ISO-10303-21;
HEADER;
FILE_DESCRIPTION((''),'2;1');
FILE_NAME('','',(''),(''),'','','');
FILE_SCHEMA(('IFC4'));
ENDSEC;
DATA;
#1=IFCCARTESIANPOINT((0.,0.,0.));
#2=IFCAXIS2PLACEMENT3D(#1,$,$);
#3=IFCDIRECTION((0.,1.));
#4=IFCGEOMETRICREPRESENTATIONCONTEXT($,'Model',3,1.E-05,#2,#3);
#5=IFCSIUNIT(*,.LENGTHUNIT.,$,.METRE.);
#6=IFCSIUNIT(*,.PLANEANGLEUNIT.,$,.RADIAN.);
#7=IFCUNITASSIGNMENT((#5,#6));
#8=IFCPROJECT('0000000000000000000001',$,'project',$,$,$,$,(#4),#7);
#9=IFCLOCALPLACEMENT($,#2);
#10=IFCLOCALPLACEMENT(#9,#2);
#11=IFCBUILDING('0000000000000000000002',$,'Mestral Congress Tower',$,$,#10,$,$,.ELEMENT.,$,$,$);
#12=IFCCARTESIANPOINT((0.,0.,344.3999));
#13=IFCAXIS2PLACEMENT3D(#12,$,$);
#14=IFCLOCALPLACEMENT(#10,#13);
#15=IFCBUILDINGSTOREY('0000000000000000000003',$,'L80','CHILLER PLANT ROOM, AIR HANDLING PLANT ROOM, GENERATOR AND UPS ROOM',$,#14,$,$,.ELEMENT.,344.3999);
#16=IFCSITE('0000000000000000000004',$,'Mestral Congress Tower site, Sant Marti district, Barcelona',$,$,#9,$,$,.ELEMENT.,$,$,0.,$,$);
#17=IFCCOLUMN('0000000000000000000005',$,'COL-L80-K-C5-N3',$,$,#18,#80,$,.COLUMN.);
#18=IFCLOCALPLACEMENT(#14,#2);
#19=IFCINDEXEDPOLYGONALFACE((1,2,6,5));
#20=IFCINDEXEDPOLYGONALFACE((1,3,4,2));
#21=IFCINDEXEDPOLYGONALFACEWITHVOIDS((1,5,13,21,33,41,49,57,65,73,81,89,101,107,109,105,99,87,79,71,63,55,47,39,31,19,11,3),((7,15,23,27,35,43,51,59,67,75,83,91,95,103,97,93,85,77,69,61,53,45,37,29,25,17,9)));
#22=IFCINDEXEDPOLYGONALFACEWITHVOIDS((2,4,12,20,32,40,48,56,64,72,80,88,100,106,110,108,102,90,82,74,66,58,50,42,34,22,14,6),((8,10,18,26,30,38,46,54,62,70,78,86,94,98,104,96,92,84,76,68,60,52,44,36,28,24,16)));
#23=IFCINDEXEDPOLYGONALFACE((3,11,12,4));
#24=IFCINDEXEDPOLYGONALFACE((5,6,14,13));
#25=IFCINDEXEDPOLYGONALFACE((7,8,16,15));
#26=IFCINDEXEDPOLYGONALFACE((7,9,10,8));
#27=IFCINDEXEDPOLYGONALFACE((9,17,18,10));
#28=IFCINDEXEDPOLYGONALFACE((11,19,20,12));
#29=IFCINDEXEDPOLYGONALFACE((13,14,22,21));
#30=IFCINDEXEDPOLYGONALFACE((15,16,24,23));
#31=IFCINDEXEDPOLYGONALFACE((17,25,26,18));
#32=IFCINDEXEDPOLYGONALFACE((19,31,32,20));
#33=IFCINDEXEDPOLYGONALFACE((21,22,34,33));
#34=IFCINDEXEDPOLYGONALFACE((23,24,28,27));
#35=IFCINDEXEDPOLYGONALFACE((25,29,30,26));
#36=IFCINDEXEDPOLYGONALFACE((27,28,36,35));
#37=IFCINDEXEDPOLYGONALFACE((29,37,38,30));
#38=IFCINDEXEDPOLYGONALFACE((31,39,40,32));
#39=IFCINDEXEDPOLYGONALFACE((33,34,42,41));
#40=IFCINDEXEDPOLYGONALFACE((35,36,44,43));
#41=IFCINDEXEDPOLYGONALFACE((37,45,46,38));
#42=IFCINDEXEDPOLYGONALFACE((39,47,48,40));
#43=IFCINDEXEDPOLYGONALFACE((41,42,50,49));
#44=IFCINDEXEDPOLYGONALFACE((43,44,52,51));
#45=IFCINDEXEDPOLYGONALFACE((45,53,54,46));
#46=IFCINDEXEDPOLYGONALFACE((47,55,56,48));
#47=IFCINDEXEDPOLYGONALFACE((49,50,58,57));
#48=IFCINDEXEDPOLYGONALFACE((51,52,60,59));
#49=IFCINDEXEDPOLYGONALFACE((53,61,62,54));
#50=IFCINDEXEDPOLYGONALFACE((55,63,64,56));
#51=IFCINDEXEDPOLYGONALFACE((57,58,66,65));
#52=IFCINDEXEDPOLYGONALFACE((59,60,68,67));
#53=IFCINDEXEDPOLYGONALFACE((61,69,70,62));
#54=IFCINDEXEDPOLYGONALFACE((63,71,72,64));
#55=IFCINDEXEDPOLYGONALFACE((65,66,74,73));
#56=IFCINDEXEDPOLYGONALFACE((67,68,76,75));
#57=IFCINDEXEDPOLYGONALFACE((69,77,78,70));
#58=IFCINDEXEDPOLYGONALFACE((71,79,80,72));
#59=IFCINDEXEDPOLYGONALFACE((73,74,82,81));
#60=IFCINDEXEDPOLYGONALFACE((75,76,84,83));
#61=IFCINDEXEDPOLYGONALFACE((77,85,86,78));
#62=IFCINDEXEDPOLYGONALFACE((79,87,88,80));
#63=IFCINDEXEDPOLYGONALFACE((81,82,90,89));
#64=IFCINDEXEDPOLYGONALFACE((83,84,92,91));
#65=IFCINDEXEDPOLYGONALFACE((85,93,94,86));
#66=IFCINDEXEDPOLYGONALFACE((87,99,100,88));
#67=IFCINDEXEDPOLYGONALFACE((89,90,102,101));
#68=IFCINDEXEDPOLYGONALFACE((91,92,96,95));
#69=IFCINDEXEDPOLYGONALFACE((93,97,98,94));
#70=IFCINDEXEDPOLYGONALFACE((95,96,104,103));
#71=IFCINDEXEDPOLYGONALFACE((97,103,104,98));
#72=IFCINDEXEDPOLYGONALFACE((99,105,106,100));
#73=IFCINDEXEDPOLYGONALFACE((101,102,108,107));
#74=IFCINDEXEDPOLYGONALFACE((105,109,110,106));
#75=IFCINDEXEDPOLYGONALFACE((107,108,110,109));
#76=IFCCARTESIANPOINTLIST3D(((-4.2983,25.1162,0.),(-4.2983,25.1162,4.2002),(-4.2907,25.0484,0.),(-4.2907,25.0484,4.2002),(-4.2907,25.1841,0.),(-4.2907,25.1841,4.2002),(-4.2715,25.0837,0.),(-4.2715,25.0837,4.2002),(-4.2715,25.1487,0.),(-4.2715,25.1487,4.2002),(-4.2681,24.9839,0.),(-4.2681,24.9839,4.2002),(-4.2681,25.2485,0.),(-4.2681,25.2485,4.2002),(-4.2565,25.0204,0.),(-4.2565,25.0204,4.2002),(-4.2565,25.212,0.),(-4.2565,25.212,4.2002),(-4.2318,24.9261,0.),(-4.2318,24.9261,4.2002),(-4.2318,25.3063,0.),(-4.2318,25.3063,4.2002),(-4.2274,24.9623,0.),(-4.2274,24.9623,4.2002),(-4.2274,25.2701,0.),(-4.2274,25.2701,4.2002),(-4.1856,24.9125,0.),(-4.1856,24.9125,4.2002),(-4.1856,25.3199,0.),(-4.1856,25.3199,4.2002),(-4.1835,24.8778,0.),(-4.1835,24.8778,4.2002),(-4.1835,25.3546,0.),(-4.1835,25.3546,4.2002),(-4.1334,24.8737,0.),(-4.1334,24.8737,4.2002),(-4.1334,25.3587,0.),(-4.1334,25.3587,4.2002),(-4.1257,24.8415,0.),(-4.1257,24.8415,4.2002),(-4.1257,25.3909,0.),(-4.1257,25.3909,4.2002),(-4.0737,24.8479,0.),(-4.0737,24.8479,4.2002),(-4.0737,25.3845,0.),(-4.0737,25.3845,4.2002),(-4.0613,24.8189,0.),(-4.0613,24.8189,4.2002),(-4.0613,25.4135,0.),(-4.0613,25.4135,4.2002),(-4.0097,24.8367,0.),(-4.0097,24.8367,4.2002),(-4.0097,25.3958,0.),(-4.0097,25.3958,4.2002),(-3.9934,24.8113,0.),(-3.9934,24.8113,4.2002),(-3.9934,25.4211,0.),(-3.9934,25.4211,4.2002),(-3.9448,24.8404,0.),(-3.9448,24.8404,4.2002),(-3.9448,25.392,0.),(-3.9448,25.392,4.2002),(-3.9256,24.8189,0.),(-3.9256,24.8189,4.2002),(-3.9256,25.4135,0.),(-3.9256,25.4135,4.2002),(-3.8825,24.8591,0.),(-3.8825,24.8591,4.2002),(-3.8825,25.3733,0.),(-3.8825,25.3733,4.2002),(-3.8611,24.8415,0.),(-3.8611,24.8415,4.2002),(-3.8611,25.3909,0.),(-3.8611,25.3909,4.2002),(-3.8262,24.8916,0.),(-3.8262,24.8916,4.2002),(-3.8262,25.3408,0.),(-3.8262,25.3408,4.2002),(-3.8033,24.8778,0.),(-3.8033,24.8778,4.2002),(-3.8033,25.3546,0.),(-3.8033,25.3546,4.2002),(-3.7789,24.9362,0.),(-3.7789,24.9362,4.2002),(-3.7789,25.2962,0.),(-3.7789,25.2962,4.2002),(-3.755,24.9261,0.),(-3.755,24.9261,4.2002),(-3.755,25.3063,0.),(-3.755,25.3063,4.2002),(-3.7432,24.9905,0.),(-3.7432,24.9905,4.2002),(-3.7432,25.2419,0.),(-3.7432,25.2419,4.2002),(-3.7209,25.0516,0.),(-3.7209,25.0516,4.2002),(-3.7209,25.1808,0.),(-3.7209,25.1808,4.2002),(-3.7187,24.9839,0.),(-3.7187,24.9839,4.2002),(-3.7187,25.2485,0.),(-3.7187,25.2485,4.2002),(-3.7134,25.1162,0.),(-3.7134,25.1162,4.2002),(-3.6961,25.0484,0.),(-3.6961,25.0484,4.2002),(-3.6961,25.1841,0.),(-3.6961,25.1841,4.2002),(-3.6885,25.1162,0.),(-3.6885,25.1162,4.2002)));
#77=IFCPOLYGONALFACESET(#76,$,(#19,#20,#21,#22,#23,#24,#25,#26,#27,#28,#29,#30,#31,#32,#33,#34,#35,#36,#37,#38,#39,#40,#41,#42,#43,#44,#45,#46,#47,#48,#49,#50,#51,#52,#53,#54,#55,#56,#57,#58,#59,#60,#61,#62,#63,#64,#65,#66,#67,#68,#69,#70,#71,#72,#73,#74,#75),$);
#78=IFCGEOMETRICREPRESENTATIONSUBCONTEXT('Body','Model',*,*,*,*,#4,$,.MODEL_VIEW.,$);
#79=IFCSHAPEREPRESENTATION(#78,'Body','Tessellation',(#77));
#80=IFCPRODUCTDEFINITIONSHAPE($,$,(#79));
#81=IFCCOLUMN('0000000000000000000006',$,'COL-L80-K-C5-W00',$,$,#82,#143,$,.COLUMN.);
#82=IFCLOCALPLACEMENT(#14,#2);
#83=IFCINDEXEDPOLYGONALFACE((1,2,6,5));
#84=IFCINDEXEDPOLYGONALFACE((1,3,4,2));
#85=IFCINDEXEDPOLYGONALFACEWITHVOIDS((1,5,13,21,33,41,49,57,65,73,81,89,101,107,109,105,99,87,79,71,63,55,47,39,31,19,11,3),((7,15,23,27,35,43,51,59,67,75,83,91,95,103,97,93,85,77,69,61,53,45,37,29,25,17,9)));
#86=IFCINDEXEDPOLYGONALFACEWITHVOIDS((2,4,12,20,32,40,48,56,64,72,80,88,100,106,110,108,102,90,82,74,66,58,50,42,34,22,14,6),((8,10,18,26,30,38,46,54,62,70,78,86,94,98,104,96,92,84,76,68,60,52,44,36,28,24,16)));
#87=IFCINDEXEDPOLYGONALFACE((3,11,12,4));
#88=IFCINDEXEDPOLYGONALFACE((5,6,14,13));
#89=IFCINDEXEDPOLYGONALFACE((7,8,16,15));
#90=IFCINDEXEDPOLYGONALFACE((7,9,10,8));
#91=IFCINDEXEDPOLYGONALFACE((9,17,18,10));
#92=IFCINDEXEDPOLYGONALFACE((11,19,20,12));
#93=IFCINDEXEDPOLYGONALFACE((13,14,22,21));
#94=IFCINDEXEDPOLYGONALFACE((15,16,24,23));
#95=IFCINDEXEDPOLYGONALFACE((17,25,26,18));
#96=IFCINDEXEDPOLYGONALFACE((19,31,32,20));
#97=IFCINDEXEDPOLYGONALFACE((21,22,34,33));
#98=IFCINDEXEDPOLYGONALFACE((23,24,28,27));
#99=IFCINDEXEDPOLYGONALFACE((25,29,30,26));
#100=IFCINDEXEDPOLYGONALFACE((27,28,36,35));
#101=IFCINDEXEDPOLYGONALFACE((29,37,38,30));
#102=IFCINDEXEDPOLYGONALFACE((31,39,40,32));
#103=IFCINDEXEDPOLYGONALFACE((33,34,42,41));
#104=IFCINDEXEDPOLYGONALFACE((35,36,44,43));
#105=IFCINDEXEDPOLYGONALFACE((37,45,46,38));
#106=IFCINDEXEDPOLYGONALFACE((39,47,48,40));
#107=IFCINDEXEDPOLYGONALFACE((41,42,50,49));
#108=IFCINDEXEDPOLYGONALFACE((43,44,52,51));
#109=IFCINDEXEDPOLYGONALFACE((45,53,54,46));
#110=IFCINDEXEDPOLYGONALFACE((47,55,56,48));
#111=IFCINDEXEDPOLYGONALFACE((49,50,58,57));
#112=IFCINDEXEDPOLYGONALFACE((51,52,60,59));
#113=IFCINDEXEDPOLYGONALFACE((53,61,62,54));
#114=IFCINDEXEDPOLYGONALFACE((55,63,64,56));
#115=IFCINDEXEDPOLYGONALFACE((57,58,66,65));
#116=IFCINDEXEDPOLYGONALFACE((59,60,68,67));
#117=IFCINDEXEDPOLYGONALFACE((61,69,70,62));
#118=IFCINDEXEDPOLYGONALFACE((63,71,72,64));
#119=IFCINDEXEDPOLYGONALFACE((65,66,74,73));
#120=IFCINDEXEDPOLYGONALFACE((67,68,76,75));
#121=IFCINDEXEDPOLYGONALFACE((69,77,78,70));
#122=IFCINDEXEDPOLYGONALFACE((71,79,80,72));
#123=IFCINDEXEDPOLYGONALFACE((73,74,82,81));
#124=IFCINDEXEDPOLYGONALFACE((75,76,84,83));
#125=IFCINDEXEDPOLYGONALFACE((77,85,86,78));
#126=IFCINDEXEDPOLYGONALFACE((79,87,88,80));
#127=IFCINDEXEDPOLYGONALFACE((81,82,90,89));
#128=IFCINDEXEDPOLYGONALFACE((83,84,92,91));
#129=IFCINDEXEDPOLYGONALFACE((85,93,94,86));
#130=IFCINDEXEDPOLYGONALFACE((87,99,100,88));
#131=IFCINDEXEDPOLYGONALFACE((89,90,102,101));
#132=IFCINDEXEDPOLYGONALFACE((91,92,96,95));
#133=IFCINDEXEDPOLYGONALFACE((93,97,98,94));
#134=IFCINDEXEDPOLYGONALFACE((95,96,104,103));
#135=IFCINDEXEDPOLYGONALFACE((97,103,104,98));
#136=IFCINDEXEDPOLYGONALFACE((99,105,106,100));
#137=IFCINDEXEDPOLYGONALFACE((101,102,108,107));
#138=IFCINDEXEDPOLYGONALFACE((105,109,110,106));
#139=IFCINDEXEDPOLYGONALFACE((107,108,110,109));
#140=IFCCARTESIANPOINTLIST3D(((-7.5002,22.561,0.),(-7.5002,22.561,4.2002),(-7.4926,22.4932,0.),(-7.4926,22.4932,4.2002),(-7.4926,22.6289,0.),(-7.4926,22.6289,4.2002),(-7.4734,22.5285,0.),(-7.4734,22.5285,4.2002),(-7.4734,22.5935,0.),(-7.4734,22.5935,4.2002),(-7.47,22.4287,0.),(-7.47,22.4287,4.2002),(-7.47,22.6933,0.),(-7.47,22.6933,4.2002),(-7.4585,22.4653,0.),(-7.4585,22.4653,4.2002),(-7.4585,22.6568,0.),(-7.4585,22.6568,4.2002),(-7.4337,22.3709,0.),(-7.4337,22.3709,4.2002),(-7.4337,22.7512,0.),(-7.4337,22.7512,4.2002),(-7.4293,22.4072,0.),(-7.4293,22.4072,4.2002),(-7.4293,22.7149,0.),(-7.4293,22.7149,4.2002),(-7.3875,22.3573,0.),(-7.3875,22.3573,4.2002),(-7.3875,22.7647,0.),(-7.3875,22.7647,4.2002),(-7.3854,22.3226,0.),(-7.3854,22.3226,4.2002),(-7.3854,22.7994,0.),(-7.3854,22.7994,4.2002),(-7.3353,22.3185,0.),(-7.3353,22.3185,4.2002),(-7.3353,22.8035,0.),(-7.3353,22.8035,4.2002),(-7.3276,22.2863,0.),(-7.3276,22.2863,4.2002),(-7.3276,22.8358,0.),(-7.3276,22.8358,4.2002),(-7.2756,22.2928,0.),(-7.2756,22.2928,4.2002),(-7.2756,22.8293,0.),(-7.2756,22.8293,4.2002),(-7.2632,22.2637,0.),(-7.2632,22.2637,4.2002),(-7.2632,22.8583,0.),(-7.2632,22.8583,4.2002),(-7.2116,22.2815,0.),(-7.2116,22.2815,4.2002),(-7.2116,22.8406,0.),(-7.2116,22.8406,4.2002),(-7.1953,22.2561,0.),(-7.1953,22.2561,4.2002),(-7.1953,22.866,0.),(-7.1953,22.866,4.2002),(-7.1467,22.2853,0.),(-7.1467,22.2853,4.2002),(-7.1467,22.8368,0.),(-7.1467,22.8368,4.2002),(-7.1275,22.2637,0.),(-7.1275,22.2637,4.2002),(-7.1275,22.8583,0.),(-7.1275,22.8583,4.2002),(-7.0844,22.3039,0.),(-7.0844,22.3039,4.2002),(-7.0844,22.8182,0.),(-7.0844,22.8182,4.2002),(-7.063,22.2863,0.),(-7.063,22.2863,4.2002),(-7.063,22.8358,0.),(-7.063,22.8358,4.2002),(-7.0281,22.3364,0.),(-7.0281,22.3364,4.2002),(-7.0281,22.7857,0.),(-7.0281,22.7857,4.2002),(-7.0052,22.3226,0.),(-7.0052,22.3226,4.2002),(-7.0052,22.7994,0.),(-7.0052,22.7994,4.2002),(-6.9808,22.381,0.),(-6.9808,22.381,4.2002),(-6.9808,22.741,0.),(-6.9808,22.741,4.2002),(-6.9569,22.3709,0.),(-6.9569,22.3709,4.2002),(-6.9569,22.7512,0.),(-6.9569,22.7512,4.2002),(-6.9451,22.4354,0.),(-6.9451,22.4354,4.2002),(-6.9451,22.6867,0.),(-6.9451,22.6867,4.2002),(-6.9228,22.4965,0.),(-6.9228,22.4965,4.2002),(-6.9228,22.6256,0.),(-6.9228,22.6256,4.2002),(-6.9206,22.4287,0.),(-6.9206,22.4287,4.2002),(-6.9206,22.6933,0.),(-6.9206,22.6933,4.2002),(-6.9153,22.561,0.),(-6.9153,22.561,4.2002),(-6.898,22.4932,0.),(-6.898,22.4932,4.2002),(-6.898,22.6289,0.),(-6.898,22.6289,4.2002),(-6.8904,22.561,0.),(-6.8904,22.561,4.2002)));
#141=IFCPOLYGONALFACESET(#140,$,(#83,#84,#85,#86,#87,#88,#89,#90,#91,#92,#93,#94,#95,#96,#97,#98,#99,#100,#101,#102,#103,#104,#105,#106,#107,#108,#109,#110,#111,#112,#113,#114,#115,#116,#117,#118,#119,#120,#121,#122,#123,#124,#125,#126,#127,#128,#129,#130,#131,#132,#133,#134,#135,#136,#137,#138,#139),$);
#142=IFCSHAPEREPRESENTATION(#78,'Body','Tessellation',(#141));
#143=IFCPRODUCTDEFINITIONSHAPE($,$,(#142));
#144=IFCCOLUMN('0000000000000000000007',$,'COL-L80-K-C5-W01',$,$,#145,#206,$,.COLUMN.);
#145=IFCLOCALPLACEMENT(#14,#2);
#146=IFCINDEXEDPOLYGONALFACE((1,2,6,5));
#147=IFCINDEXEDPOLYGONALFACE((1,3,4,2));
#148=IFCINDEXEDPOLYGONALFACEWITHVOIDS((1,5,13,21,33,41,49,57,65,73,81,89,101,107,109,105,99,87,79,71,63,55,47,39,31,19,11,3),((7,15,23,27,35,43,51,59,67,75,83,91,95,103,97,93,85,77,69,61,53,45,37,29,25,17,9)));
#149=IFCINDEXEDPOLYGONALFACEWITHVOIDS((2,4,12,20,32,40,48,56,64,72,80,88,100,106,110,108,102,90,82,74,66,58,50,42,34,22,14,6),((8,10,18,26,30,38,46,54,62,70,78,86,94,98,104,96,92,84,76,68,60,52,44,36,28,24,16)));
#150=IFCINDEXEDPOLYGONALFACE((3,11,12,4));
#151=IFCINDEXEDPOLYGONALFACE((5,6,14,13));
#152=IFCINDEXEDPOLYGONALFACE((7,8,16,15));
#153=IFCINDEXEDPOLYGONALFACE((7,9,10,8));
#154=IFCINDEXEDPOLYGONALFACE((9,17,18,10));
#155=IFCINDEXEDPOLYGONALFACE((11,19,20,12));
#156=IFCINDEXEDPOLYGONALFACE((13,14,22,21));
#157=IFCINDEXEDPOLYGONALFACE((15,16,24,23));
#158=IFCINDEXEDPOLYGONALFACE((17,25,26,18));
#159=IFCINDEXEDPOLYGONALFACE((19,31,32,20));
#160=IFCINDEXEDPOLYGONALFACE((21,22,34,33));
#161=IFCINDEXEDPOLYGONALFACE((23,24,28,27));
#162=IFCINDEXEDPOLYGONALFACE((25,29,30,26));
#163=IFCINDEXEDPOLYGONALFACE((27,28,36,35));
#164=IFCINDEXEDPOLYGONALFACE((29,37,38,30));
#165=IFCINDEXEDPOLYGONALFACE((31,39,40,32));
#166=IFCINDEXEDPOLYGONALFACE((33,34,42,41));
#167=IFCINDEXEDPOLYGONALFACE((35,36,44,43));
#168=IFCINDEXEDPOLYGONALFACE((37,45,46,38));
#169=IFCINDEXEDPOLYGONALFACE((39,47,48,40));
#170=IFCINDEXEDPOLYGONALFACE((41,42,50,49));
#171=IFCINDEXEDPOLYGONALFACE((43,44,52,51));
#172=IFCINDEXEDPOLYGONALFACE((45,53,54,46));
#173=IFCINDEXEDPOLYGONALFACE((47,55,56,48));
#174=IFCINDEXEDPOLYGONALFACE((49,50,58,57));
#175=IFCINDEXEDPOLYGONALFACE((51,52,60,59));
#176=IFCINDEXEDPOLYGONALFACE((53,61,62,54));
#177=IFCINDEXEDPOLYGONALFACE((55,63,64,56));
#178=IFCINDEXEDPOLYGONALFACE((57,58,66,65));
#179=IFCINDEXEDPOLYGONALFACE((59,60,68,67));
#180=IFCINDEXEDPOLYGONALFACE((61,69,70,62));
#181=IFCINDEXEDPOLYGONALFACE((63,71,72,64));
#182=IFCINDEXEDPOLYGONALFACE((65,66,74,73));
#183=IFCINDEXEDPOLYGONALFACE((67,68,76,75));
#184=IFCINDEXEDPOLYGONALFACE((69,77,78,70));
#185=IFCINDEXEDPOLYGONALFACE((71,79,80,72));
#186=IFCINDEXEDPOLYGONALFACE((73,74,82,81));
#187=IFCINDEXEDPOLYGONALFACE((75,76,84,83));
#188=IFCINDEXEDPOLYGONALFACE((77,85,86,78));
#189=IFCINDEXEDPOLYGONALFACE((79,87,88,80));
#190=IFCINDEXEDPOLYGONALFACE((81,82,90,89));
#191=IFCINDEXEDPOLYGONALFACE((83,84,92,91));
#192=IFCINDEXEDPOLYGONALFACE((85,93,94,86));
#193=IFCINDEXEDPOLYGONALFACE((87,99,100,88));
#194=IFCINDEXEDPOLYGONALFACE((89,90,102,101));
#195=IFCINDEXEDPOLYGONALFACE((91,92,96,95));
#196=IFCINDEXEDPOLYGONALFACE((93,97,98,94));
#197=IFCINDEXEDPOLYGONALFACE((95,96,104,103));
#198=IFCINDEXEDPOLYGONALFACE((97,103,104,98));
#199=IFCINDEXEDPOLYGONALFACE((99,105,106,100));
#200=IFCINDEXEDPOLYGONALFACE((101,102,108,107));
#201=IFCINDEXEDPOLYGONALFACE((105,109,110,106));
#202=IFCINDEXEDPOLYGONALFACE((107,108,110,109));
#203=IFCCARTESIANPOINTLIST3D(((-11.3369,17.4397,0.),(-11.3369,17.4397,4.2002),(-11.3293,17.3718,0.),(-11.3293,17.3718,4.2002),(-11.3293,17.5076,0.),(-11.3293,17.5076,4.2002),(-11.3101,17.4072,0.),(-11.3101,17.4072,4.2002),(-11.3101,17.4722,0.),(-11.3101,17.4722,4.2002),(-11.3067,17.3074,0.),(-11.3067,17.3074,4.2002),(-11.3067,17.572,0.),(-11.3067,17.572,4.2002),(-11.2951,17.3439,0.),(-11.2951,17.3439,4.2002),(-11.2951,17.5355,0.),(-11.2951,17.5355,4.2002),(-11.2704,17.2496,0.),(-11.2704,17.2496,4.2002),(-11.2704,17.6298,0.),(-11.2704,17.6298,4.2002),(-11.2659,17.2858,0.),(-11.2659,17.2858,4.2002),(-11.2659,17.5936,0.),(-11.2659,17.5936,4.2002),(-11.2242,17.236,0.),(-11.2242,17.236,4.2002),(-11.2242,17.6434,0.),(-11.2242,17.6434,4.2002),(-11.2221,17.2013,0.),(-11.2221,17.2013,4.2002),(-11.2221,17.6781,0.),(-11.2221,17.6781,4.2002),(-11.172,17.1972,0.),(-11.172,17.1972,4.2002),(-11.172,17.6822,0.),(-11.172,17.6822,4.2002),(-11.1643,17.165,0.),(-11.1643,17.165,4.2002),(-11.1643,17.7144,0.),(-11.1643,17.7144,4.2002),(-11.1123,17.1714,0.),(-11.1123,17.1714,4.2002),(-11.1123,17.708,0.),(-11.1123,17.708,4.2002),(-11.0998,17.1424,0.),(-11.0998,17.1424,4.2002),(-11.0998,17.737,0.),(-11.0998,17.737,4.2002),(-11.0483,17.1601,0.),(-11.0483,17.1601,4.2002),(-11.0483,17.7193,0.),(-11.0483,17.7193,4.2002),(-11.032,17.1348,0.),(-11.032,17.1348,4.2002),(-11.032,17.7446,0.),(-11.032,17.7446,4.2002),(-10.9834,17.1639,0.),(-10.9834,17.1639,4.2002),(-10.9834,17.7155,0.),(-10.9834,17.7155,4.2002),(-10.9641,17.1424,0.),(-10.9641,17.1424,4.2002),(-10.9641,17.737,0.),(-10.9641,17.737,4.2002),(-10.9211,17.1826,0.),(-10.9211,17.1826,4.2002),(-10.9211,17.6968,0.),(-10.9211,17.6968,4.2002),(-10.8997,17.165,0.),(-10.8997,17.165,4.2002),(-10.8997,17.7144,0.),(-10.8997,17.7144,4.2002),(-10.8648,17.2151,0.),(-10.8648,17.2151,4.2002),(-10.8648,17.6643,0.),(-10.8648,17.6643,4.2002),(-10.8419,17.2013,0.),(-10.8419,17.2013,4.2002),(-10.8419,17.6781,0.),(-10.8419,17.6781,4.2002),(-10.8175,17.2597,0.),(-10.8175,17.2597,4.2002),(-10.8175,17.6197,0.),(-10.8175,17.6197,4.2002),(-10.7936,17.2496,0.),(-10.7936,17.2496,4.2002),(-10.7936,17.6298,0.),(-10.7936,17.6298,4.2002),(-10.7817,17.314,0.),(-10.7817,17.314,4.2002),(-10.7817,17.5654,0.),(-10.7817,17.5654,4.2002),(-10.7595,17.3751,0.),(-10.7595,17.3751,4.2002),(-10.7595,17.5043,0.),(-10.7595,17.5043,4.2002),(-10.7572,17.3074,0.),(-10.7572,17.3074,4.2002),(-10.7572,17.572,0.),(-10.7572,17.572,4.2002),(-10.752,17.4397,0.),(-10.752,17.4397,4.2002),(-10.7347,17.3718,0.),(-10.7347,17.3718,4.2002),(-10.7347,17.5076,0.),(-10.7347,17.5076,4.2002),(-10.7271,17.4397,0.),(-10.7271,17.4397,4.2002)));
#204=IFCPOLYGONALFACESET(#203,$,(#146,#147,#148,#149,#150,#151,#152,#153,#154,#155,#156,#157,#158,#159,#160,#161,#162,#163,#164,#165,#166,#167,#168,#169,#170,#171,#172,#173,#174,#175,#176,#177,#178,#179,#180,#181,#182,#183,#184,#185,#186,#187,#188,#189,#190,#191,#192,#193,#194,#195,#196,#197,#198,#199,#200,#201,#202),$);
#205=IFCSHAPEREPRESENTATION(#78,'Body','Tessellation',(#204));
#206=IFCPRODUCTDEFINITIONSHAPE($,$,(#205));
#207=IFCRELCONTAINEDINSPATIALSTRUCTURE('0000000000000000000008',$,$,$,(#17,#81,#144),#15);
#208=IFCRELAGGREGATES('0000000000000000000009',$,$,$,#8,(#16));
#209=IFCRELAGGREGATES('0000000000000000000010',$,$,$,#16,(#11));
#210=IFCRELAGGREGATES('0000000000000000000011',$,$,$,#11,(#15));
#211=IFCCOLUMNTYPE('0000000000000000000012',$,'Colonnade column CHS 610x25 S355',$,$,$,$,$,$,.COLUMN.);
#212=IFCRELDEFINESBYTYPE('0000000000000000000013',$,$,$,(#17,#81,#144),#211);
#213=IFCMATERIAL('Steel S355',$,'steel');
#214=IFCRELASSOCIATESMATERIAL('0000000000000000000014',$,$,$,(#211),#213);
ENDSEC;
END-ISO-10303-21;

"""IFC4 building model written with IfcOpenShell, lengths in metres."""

from ifc_helpers import new_model, si_unit, direction, frame, origin, origin_2d, place, context, subcontext, project, spatial, hollow_circle, extrude, material, material_profile, profile_set, type_object, element, save


model = new_model("IFC4")

# Units and contexts
model_context = context("Model", 3, precision=1e-05, world=origin(), true_north=direction((0.0, 1.0)))
body_context = subcontext(model_context, "Body", "Model", "MODEL_VIEW")
ifc_project = project(units=[si_unit("LENGTHUNIT", "METRE"), si_unit("PLANEANGLEUNIT", "RADIAN")], contexts=[model_context])

# Site, building, storey
site_placement = place(None, origin())
site = spatial("IfcSite", under=ifc_project, at=site_placement, Name="Mestral Congress Tower site, Sant Marti district, Barcelona", CompositionType="ELEMENT", RefElevation=0.0)
building_placement = place(site_placement, origin())
building = spatial("IfcBuilding", under=site, at=building_placement, Name="Mestral Congress Tower", CompositionType="ELEMENT")
storey_placement = place(building_placement, frame((0.0, 0.0, 344.3999)))
storey = spatial("IfcBuildingStorey", under=building, at=storey_placement, Name="L80", Description="CHILLER PLANT ROOM, AIR HANDLING PLANT ROOM, GENERATOR AND UPS ROOM", CompositionType="ELEMENT", Elevation=344.3999)

# Columns
ifc_material_1 = material(Name="Steel S355", Category="steel")
ifc_material_profile_1 = material_profile(ifc_material_1, hollow_circle(Radius=0.3049, WallThickness=0.0249, at=origin_2d()), Name="CHS 610x25")
ifc_profile_set_1 = profile_set([ifc_material_profile_1], Name="Steel S355")
column_type_1 = type_object("IfcColumnType", Name="Colonnade column CHS 610x25 S355", PredefinedType="COLUMN", material=ifc_profile_set_1)
for number, where, z_axis, x_axis, name in (
    (1, (-3.9934, 25.1162, 0.0), (0.0, 0.0, 1.0), (1.0, 0.0, 0.0), "COL-L80-K-C5-N3"),
    (2, (-7.1953, 22.561, 0.0), (0.0, 0.0, 1.0), (1.0, 0.0, 0.0), "COL-L80-K-C5-W00"),
    (3, (-11.032, 17.4397, 0.0), (0.0, 0.0, 1.0), (1.0, 0.0, 0.0), "COL-L80-K-C5-W01"),
):
    element("IfcColumn", number, at=place(storey_placement, frame(where, z_axis=z_axis, x_axis=x_axis)), inside=storey, type_object=column_type_1, Name=name, PredefinedType="COLUMN", context=body_context, shape_type="SweptSolid", body=[
        extrude(hollow_circle(Radius=0.3049, WallThickness=0.0249, at=origin_2d()), origin(), (0.0, 0.0, 1.0), 4.2002),
    ])

save(model, "model.ifc")
